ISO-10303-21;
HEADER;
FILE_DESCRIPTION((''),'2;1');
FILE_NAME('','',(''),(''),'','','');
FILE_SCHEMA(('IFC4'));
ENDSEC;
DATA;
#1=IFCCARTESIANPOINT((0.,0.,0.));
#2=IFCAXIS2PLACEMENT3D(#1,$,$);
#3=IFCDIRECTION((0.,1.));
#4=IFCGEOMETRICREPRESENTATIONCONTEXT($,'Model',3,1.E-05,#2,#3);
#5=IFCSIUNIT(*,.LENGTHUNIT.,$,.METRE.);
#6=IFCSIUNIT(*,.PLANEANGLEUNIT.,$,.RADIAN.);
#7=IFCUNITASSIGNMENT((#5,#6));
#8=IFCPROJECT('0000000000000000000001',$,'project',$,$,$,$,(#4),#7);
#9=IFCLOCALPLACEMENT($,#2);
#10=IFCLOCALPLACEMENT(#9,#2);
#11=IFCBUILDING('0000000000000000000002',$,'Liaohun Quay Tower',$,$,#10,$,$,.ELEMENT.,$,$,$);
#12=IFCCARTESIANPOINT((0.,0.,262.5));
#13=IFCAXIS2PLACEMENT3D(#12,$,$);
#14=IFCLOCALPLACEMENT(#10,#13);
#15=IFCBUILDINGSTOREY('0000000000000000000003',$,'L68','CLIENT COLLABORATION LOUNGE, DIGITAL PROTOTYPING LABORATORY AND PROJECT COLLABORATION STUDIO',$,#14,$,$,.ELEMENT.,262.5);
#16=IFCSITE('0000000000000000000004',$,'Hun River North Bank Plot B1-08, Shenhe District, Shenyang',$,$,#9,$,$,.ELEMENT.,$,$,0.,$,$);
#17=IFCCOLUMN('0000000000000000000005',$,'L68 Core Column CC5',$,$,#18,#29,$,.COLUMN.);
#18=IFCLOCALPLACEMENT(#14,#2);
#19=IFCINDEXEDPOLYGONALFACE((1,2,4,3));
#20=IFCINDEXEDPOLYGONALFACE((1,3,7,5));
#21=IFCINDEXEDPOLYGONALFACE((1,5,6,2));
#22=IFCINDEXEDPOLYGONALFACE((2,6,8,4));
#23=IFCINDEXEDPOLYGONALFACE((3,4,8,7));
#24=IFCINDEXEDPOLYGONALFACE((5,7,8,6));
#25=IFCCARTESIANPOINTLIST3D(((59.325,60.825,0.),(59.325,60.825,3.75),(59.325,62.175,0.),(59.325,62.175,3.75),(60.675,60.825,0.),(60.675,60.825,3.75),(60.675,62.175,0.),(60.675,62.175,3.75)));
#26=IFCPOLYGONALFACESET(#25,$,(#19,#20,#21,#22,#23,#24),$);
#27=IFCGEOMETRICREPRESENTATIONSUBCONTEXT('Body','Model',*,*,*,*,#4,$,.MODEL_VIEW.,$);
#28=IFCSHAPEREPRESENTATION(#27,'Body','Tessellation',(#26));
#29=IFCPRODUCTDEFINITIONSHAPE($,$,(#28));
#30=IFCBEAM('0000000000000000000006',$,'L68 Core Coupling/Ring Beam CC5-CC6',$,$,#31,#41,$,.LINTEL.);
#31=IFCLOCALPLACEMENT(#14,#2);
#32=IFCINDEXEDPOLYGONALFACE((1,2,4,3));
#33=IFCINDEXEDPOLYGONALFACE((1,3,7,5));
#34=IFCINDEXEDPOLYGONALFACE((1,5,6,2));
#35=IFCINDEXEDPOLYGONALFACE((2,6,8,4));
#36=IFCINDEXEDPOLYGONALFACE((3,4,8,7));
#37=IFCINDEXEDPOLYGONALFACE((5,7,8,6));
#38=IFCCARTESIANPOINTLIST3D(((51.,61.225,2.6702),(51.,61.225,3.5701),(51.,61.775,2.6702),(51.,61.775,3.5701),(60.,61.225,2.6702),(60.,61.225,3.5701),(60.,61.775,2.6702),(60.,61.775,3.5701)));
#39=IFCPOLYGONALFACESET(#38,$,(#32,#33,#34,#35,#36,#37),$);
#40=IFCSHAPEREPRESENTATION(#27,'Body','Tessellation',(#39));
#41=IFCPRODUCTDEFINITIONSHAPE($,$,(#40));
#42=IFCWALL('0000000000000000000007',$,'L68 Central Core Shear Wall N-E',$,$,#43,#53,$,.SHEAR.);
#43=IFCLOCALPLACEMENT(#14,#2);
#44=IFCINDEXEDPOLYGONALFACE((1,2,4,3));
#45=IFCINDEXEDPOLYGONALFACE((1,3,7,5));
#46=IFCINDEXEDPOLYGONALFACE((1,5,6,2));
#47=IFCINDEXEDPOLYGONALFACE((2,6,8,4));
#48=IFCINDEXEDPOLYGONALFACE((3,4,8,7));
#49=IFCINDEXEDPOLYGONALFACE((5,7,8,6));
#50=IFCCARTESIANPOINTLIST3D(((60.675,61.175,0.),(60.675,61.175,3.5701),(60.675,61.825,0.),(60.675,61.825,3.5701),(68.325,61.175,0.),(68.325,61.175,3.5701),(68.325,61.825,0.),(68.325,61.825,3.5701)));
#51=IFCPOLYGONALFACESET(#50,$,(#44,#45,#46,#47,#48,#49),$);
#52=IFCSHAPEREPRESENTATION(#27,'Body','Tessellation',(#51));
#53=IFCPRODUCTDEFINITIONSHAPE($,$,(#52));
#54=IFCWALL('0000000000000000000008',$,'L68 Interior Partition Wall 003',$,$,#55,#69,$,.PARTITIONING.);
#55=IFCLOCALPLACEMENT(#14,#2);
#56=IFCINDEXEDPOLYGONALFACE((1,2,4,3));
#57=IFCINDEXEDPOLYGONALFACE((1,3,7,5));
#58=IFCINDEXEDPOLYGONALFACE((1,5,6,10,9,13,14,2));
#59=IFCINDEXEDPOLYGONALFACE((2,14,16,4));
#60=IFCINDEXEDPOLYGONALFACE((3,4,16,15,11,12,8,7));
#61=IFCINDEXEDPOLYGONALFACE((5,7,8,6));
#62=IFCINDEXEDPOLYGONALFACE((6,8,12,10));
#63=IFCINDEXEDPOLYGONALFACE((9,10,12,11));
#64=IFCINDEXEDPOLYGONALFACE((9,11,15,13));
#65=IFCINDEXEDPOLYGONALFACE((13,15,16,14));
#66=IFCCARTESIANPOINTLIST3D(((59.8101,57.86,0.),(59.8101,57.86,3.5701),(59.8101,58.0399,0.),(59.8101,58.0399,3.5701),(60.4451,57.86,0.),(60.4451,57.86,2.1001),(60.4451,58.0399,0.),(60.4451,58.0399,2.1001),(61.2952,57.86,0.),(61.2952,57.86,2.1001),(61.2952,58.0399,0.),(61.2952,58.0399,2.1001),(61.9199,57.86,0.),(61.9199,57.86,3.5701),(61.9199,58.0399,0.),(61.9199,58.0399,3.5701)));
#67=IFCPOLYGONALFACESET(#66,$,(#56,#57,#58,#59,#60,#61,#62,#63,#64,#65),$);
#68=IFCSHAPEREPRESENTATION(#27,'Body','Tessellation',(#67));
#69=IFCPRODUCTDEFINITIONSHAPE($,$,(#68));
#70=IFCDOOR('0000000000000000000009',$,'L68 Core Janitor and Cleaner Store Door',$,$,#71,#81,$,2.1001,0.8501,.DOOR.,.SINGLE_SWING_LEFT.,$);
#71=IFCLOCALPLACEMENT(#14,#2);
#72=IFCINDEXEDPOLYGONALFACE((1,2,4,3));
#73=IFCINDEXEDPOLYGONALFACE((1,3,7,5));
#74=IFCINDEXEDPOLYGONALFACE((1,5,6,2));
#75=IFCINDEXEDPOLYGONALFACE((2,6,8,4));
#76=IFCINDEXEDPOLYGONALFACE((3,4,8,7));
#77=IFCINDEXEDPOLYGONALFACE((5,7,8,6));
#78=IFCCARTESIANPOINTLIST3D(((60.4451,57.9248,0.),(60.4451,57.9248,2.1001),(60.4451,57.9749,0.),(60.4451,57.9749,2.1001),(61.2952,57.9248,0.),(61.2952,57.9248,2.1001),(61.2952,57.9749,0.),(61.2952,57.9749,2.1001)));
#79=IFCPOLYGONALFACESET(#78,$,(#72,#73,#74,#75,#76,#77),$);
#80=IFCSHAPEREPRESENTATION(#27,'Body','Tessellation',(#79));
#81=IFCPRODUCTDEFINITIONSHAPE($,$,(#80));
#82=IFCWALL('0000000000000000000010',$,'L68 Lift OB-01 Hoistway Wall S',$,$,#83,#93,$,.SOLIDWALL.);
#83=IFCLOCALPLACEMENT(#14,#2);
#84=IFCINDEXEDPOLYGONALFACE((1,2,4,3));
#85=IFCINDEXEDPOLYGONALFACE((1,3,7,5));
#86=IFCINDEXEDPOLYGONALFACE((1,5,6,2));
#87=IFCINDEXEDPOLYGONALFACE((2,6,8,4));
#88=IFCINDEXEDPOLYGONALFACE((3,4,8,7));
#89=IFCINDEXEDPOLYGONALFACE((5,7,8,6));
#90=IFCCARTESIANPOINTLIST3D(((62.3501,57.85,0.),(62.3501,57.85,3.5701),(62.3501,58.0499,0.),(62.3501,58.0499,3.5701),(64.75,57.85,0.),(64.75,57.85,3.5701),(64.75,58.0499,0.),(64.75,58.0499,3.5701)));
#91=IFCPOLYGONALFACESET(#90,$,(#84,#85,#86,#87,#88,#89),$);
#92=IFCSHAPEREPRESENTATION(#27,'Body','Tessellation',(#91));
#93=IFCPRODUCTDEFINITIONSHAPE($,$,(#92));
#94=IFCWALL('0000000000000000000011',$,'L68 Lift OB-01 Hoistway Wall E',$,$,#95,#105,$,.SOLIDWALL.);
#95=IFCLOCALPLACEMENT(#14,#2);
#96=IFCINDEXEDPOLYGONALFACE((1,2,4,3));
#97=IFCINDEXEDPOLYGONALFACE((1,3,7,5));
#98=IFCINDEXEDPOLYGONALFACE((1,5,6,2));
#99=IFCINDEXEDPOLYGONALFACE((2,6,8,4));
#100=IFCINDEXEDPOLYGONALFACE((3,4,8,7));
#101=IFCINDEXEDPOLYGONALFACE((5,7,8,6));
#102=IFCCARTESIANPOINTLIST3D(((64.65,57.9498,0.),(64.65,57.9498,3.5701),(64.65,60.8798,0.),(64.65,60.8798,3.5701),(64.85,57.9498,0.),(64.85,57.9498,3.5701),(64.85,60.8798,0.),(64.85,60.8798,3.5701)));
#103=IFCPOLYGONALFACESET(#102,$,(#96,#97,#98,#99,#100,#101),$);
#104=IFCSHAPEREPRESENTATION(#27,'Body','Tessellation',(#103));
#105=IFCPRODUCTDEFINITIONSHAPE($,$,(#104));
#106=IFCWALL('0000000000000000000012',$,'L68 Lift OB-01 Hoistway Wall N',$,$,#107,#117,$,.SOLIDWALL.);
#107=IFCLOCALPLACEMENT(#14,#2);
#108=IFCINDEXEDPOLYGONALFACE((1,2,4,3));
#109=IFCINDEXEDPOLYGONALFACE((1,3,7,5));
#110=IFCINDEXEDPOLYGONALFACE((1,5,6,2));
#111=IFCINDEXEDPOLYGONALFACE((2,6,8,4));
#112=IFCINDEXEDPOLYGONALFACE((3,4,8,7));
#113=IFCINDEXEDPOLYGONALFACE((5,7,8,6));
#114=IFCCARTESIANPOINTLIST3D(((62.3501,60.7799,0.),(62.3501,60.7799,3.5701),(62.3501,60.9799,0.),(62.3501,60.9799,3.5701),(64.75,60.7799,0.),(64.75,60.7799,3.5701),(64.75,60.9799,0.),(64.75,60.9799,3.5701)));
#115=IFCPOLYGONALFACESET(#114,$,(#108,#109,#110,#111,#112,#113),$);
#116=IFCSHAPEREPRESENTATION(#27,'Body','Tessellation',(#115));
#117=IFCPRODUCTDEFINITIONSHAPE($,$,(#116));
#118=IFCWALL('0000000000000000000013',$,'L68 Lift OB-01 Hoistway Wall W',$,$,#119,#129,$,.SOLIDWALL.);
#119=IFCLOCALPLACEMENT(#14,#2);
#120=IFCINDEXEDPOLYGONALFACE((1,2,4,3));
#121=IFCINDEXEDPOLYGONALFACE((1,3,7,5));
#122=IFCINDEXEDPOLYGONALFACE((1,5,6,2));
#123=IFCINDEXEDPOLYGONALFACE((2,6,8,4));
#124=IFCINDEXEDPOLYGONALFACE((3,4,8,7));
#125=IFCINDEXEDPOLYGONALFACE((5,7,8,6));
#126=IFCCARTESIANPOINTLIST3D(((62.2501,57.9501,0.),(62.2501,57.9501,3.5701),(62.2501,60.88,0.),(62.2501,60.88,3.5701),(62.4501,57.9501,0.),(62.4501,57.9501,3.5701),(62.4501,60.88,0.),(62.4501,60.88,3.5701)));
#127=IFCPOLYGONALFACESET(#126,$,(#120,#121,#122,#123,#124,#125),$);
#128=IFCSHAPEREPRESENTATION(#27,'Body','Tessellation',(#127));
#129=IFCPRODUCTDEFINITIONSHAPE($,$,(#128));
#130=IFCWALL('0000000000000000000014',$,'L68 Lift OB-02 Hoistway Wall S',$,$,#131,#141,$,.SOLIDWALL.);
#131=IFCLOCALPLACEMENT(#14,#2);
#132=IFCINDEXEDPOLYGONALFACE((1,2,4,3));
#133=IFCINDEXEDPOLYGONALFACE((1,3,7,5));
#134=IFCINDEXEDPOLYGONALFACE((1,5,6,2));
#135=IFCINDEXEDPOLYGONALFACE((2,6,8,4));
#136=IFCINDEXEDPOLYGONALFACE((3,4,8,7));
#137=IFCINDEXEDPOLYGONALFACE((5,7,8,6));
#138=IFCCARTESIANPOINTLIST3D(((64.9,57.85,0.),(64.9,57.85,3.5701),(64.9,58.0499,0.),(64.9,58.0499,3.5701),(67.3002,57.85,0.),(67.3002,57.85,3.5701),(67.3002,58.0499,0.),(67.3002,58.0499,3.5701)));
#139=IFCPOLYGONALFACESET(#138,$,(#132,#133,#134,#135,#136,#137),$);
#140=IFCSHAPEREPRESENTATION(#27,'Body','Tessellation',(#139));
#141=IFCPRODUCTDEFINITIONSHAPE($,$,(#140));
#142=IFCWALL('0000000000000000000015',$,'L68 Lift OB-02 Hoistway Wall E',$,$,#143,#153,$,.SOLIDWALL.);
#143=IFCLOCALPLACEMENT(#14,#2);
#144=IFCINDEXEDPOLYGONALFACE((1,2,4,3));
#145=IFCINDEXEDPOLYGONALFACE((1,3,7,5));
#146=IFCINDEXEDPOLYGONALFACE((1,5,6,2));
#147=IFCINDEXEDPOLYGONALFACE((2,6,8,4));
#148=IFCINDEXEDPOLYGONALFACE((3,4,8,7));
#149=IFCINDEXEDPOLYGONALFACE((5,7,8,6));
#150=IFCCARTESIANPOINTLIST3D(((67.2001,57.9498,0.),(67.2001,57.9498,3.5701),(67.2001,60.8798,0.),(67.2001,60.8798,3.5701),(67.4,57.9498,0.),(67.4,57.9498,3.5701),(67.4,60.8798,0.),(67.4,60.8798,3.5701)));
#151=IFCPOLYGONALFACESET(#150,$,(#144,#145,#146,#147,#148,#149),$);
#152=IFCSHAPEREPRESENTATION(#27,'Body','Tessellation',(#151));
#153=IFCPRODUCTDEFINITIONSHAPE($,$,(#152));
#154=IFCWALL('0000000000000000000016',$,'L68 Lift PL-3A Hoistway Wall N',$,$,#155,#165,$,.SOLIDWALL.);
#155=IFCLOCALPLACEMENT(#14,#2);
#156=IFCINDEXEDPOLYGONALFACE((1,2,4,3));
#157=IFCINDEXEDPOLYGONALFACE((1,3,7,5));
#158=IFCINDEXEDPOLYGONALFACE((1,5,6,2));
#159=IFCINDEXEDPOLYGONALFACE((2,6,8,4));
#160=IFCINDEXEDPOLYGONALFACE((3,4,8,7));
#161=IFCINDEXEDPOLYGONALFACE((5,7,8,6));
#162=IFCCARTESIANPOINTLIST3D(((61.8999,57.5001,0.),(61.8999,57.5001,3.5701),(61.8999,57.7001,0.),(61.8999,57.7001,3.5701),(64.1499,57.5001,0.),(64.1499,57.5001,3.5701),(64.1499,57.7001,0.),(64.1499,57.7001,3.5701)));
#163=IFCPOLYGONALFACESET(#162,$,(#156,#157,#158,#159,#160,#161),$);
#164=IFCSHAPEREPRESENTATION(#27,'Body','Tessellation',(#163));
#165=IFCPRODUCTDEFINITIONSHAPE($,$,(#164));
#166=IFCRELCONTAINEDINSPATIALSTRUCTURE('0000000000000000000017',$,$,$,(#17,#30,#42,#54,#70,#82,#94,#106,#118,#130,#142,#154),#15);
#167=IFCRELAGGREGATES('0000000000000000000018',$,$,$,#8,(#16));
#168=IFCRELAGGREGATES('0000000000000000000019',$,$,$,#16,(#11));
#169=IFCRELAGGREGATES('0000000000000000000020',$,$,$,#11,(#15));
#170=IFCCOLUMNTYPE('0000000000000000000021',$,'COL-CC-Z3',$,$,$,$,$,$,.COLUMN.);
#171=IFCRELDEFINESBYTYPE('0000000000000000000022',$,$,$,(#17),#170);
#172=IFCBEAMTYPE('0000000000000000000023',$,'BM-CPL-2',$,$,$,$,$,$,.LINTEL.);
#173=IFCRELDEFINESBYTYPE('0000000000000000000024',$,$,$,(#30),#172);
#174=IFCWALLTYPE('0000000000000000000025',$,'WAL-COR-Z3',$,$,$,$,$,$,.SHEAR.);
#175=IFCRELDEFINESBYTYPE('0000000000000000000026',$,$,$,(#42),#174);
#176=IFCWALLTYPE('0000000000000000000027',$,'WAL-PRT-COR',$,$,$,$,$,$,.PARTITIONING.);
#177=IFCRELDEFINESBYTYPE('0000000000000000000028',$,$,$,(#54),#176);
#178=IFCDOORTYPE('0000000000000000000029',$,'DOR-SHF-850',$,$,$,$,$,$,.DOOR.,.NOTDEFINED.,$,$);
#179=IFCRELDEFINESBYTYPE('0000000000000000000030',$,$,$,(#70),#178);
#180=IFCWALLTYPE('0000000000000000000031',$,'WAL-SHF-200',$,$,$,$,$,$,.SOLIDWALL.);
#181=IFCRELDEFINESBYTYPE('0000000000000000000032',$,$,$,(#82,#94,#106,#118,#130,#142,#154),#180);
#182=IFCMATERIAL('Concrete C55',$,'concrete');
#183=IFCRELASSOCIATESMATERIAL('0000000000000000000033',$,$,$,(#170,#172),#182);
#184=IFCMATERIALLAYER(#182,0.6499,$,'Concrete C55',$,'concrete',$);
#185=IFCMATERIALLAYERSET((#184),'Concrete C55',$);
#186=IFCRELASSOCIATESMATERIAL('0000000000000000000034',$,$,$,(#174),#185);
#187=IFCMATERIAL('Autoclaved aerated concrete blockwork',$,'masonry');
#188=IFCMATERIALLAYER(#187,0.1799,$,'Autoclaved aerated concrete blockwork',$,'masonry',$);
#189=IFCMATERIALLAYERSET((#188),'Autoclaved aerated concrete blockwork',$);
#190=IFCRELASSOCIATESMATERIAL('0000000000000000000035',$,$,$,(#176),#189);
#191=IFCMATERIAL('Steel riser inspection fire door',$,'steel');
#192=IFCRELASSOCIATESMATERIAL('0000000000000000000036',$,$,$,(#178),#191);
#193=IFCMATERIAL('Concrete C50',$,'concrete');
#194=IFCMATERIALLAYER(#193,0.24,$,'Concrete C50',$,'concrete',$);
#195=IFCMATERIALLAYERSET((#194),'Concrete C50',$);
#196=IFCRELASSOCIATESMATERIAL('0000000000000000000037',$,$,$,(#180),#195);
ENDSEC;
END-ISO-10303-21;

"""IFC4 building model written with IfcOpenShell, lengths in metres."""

from ifc_helpers import new_model, si_unit, direction, frame, frame_2d, origin, origin_2d, place, context, subcontext, project, spatial, rectangle, extrude, source, transform, mapped, material, layer, layer_set, material_profile, profile_set, type_object, element, fill, save


model = new_model("IFC4")

# Units and contexts
model_context = context("Model", 3, precision=1e-05, world=origin(), true_north=direction((0.0, 1.0)))
body_context = subcontext(model_context, "Body", "Model", "MODEL_VIEW")
ifc_project = project(units=[si_unit("LENGTHUNIT", "METRE"), si_unit("PLANEANGLEUNIT", "RADIAN")], contexts=[model_context])

# Site, building, storey
site_placement = place(None, origin())
site = spatial("IfcSite", under=ifc_project, at=site_placement, Name="Hun River North Bank Plot B1-08, Shenhe District, Shenyang", CompositionType="ELEMENT", RefElevation=0.0)
building_placement = place(site_placement, origin())
building = spatial("IfcBuilding", under=site, at=building_placement, Name="Liaohun Quay Tower", CompositionType="ELEMENT")
storey_placement = place(building_placement, frame((0.0, 0.0, 262.5)))
storey = spatial("IfcBuildingStorey", under=building, at=storey_placement, Name="L68", Description="CLIENT COLLABORATION LOUNGE, DIGITAL PROTOTYPING LABORATORY AND PROJECT COLLABORATION STUDIO", CompositionType="ELEMENT", Elevation=262.5)

# Column
ifc_material_1 = material(Name="Concrete C55", Category="concrete")
ifc_material_profile_1 = material_profile(ifc_material_1, rectangle(XDim=1.3501, YDim=1.3501, at=origin_2d()), Name="RC1350x1350")
ifc_profile_set_1 = profile_set([ifc_material_profile_1], Name="Concrete C55")
column_type = type_object("IfcColumnType", Name="COL-CC-Z3", PredefinedType="COLUMN", material=ifc_profile_set_1)
shared_shape_1 = source(origin(), body_context, "Body", "SweptSolid", [
    extrude(rectangle(XDim=1.3501, YDim=1.3501, at=origin_2d()), origin(), (0.0, 0.0, 1.0), 3.75),
])
column_placement = place(storey_placement, frame((60.0, 61.5, 0.0), z_axis=(0.0, 0.0, 1.0), x_axis=(1.0, 0.0, 0.0)))
element("IfcColumn", 1, at=column_placement, inside=storey, type_object=column_type, Name="L68 Core Column CC5", PredefinedType="COLUMN", context=body_context, shape_type="MappedRepresentation", body=[
    mapped(shared_shape_1, transform((0.0, 0.0, 0.0), x_axis=(1.0, 0.0, 0.0), y_axis=(0.0, 1.0, 0.0), z_axis=(0.0, 0.0, 1.0), scale=1.0)),
])

# Beam
ifc_material_profile_2 = material_profile(ifc_material_1, rectangle(XDim=0.55, YDim=0.8999, at=origin_2d()), Name="RC550x900")
ifc_profile_set_2 = profile_set([ifc_material_profile_2], Name="Concrete C55")
beam_type = type_object("IfcBeamType", Name="BM-CPL-2", PredefinedType="LINTEL", material=ifc_profile_set_2)
shared_shape_2 = source(origin(), body_context, "Body", "SweptSolid", [
    extrude(rectangle(XDim=0.55, YDim=0.8999, at=origin_2d()), origin(), (0.0, 0.0, 1.0), 9.0),
])
beam_placement = place(storey_placement, frame((60.0, 61.5, 3.1201), z_axis=(-1.0, 0.0, 0.0), x_axis=(0.0, -1.0, 0.0)))
element("IfcBeam", 2, at=beam_placement, inside=storey, type_object=beam_type, Name="L68 Core Coupling/Ring Beam CC5-CC6", PredefinedType="LINTEL", context=body_context, shape_type="MappedRepresentation", body=[
    mapped(shared_shape_2, transform((0.0, 0.0, 0.0), x_axis=(1.0, 0.0, 0.0), y_axis=(0.0, 1.0, 0.0), z_axis=(0.0, 0.0, 1.0), scale=1.0)),
])

# Wall
ifc_layer_1 = layer(ifc_material_1, 0.6499, Name="Concrete C55", Category="concrete")
ifc_layer_set_1 = layer_set([ifc_layer_1], Name="Concrete C55")
wall_type_1 = type_object("IfcWallType", Name="WAL-COR-Z3", PredefinedType="SHEAR", material=ifc_layer_set_1)
wall_1_placement = place(storey_placement, frame((60.675, 61.5, 0.0), z_axis=(0.0, 0.0, 1.0), x_axis=(1.0, 0.0, 0.0)))
element("IfcWall", 3, at=wall_1_placement, inside=storey, type_object=wall_type_1, Name="L68 Central Core Shear Wall N-E", PredefinedType="SHEAR", context=body_context, shape_type="SweptSolid", body=[
    extrude(rectangle(XDim=7.6499, YDim=0.6499, at=frame_2d((3.825, 0.0))), origin(), (0.0, 0.0, 1.0), 3.5701),
])

# Wall, opening, door
ifc_material_2 = material(Name="Autoclaved aerated concrete blockwork", Category="masonry")
ifc_layer_2 = layer(ifc_material_2, 0.1799, Name="Autoclaved aerated concrete blockwork", Category="masonry")
ifc_layer_set_2 = layer_set([ifc_layer_2], Name="Autoclaved aerated concrete blockwork")
wall_type_2 = type_object("IfcWallType", Name="WAL-PRT-COR", PredefinedType="PARTITIONING", material=ifc_layer_set_2)
wall_2_placement = place(storey_placement, frame((59.8101, 57.95, 0.0), z_axis=(0.0, 0.0, 1.0), x_axis=(1.0, 0.0, 0.0)))
wall_2 = element("IfcWall", 4, at=wall_2_placement, inside=storey, type_object=wall_type_2, Name="L68 Interior Partition Wall 003", PredefinedType="PARTITIONING", context=body_context, shape_type="SweptSolid", body=[
    extrude(rectangle(XDim=2.1099, YDim=0.1799, at=frame_2d((1.0549, 0.0))), origin(), (0.0, 0.0, 1.0), 3.5701),
])
shared_shape_3 = source(origin(), body_context, "Body", "SweptSolid", [
    extrude(rectangle(XDim=0.8501, YDim=2.1001, at=frame_2d((0.425, 1.05))), frame((0.0, 0.0999, 0.0), z_axis=(0.0, -1.0, 0.0), x_axis=(1.0, 0.0, 0.0)), (0.0, 0.0, 1.0), 0.2),
])
opening_placement = place(wall_2_placement, frame((0.635, 0.0, 0.0)))
opening = element("IfcOpeningElement", 5, at=opening_placement, cuts=wall_2, PredefinedType="OPENING", context=body_context, shape_type="MappedRepresentation", body=[
    mapped(shared_shape_3, transform((0.0, 0.0, 0.0), x_axis=(1.0, 0.0, 0.0), y_axis=(0.0, 1.0, 0.0), z_axis=(0.0, 0.0, 1.0), scale=1.0)),
])
ifc_material_3 = material(Name="Steel riser inspection fire door", Category="steel")
door_type = type_object("IfcDoorType", Name="DOR-SHF-850", OperationType="NOTDEFINED", PredefinedType="DOOR", material=ifc_material_3)
shared_shape_4 = source(origin(), body_context, "Body", "SweptSolid", [
    extrude(rectangle(XDim=0.8501, YDim=2.1001, at=frame_2d((0.425, 1.05))), frame((0.0, 0.0249, 0.0), z_axis=(0.0, -1.0, 0.0), x_axis=(1.0, 0.0, 0.0)), (0.0, 0.0, 1.0), 0.05),
])
door_placement = place(opening_placement, origin())
door = element("IfcDoor", 6, at=door_placement, inside=storey, type_object=door_type, Name="L68 Core Janitor and Cleaner Store Door", OperationType="SINGLE_SWING_LEFT", OverallHeight=2.1001, OverallWidth=0.8501, PredefinedType="DOOR", context=body_context, shape_type="MappedRepresentation", body=[
    mapped(shared_shape_4, transform((0.0, 0.0, 0.0), x_axis=(1.0, 0.0, 0.0), y_axis=(0.0, 1.0, 0.0), z_axis=(0.0, 0.0, 1.0), scale=1.0)),
])
fill(opening, door)

# Walls
ifc_material_4 = material(Name="Concrete C50", Category="concrete")
ifc_layer_3 = layer(ifc_material_4, 0.24, Name="Concrete C50", Category="concrete")
ifc_layer_set_3 = layer_set([ifc_layer_3], Name="Concrete C50")
wall_type_3 = type_object("IfcWallType", Name="WAL-SHF-200", PredefinedType="SOLIDWALL", material=ifc_layer_set_3)
wall_3_placement = place(storey_placement, frame((62.3501, 57.95, 0.0), z_axis=(0.0, 0.0, 1.0), x_axis=(1.0, 0.0, 0.0)))
element("IfcWall", 7, at=wall_3_placement, inside=storey, type_object=wall_type_3, Name="L68 Lift OB-01 Hoistway Wall S", PredefinedType="SOLIDWALL", context=body_context, shape_type="SweptSolid", body=[
    extrude(rectangle(XDim=2.3999, YDim=0.2, at=frame_2d((1.2, 0.0))), origin(), (0.0, 0.0, 1.0), 3.5701),
])
wall_4_placement = place(storey_placement, frame((64.75, 57.95, 0.0), z_axis=(0.0, 0.0, 1.0), x_axis=(0.0, 1.0, 0.0)))
element("IfcWall", 8, at=wall_4_placement, inside=storey, type_object=wall_type_3, Name="L68 Lift OB-01 Hoistway Wall E", PredefinedType="SOLIDWALL", context=body_context, shape_type="SweptSolid", body=[
    extrude(rectangle(XDim=2.9299, YDim=0.2, at=frame_2d((1.4648, 0.0))), origin(), (0.0, 0.0, 1.0), 3.5701),
])
wall_5_placement = place(storey_placement, frame((64.75, 60.8799, 0.0), z_axis=(0.0, 0.0, 1.0), x_axis=(-1.0, 0.0, 0.0)))
element("IfcWall", 9, at=wall_5_placement, inside=storey, type_object=wall_type_3, Name="L68 Lift OB-01 Hoistway Wall N", PredefinedType="SOLIDWALL", context=body_context, shape_type="SweptSolid", body=[
    extrude(rectangle(XDim=2.3999, YDim=0.2, at=frame_2d((1.2, 0.0))), origin(), (0.0, 0.0, 1.0), 3.5701),
])
wall_6_placement = place(storey_placement, frame((62.3501, 60.8799, 0.0), z_axis=(0.0, 0.0, 1.0), x_axis=(0.0, -1.0, 0.0)))
element("IfcWall", 10, at=wall_6_placement, inside=storey, type_object=wall_type_3, Name="L68 Lift OB-01 Hoistway Wall W", PredefinedType="SOLIDWALL", context=body_context, shape_type="SweptSolid", body=[
    extrude(rectangle(XDim=2.9299, YDim=0.2, at=frame_2d((1.4648, 0.0))), origin(), (0.0, 0.0, 1.0), 3.5701),
])
wall_7_placement = place(storey_placement, frame((64.8999, 57.95, 0.0), z_axis=(0.0, 0.0, 1.0), x_axis=(1.0, 0.0, 0.0)))
element("IfcWall", 11, at=wall_7_placement, inside=storey, type_object=wall_type_3, Name="L68 Lift OB-02 Hoistway Wall S", PredefinedType="SOLIDWALL", context=body_context, shape_type="SweptSolid", body=[
    extrude(rectangle(XDim=2.4001, YDim=0.2, at=frame_2d((1.2002, 0.0))), origin(), (0.0, 0.0, 1.0), 3.5701),
])
wall_8_placement = place(storey_placement, frame((67.3, 57.95, 0.0), z_axis=(0.0, 0.0, 1.0), x_axis=(0.0, 1.0, 0.0)))
element("IfcWall", 12, at=wall_8_placement, inside=storey, type_object=wall_type_3, Name="L68 Lift OB-02 Hoistway Wall E", PredefinedType="SOLIDWALL", context=body_context, shape_type="SweptSolid", body=[
    extrude(rectangle(XDim=2.9299, YDim=0.2, at=frame_2d((1.4648, 0.0))), origin(), (0.0, 0.0, 1.0), 3.5701),
])
wall_9_placement = place(storey_placement, frame((64.1499, 57.6001, 0.0), z_axis=(0.0, 0.0, 1.0), x_axis=(-1.0, 0.0, 0.0)))
element("IfcWall", 13, at=wall_9_placement, inside=storey, type_object=wall_type_3, Name="L68 Lift PL-3A Hoistway Wall N", PredefinedType="SOLIDWALL", context=body_context, shape_type="SweptSolid", body=[
    extrude(rectangle(XDim=2.25, YDim=0.2, at=frame_2d((1.125, 0.0))), origin(), (0.0, 0.0, 1.0), 3.5701),
])

save(model, "model.ifc")
